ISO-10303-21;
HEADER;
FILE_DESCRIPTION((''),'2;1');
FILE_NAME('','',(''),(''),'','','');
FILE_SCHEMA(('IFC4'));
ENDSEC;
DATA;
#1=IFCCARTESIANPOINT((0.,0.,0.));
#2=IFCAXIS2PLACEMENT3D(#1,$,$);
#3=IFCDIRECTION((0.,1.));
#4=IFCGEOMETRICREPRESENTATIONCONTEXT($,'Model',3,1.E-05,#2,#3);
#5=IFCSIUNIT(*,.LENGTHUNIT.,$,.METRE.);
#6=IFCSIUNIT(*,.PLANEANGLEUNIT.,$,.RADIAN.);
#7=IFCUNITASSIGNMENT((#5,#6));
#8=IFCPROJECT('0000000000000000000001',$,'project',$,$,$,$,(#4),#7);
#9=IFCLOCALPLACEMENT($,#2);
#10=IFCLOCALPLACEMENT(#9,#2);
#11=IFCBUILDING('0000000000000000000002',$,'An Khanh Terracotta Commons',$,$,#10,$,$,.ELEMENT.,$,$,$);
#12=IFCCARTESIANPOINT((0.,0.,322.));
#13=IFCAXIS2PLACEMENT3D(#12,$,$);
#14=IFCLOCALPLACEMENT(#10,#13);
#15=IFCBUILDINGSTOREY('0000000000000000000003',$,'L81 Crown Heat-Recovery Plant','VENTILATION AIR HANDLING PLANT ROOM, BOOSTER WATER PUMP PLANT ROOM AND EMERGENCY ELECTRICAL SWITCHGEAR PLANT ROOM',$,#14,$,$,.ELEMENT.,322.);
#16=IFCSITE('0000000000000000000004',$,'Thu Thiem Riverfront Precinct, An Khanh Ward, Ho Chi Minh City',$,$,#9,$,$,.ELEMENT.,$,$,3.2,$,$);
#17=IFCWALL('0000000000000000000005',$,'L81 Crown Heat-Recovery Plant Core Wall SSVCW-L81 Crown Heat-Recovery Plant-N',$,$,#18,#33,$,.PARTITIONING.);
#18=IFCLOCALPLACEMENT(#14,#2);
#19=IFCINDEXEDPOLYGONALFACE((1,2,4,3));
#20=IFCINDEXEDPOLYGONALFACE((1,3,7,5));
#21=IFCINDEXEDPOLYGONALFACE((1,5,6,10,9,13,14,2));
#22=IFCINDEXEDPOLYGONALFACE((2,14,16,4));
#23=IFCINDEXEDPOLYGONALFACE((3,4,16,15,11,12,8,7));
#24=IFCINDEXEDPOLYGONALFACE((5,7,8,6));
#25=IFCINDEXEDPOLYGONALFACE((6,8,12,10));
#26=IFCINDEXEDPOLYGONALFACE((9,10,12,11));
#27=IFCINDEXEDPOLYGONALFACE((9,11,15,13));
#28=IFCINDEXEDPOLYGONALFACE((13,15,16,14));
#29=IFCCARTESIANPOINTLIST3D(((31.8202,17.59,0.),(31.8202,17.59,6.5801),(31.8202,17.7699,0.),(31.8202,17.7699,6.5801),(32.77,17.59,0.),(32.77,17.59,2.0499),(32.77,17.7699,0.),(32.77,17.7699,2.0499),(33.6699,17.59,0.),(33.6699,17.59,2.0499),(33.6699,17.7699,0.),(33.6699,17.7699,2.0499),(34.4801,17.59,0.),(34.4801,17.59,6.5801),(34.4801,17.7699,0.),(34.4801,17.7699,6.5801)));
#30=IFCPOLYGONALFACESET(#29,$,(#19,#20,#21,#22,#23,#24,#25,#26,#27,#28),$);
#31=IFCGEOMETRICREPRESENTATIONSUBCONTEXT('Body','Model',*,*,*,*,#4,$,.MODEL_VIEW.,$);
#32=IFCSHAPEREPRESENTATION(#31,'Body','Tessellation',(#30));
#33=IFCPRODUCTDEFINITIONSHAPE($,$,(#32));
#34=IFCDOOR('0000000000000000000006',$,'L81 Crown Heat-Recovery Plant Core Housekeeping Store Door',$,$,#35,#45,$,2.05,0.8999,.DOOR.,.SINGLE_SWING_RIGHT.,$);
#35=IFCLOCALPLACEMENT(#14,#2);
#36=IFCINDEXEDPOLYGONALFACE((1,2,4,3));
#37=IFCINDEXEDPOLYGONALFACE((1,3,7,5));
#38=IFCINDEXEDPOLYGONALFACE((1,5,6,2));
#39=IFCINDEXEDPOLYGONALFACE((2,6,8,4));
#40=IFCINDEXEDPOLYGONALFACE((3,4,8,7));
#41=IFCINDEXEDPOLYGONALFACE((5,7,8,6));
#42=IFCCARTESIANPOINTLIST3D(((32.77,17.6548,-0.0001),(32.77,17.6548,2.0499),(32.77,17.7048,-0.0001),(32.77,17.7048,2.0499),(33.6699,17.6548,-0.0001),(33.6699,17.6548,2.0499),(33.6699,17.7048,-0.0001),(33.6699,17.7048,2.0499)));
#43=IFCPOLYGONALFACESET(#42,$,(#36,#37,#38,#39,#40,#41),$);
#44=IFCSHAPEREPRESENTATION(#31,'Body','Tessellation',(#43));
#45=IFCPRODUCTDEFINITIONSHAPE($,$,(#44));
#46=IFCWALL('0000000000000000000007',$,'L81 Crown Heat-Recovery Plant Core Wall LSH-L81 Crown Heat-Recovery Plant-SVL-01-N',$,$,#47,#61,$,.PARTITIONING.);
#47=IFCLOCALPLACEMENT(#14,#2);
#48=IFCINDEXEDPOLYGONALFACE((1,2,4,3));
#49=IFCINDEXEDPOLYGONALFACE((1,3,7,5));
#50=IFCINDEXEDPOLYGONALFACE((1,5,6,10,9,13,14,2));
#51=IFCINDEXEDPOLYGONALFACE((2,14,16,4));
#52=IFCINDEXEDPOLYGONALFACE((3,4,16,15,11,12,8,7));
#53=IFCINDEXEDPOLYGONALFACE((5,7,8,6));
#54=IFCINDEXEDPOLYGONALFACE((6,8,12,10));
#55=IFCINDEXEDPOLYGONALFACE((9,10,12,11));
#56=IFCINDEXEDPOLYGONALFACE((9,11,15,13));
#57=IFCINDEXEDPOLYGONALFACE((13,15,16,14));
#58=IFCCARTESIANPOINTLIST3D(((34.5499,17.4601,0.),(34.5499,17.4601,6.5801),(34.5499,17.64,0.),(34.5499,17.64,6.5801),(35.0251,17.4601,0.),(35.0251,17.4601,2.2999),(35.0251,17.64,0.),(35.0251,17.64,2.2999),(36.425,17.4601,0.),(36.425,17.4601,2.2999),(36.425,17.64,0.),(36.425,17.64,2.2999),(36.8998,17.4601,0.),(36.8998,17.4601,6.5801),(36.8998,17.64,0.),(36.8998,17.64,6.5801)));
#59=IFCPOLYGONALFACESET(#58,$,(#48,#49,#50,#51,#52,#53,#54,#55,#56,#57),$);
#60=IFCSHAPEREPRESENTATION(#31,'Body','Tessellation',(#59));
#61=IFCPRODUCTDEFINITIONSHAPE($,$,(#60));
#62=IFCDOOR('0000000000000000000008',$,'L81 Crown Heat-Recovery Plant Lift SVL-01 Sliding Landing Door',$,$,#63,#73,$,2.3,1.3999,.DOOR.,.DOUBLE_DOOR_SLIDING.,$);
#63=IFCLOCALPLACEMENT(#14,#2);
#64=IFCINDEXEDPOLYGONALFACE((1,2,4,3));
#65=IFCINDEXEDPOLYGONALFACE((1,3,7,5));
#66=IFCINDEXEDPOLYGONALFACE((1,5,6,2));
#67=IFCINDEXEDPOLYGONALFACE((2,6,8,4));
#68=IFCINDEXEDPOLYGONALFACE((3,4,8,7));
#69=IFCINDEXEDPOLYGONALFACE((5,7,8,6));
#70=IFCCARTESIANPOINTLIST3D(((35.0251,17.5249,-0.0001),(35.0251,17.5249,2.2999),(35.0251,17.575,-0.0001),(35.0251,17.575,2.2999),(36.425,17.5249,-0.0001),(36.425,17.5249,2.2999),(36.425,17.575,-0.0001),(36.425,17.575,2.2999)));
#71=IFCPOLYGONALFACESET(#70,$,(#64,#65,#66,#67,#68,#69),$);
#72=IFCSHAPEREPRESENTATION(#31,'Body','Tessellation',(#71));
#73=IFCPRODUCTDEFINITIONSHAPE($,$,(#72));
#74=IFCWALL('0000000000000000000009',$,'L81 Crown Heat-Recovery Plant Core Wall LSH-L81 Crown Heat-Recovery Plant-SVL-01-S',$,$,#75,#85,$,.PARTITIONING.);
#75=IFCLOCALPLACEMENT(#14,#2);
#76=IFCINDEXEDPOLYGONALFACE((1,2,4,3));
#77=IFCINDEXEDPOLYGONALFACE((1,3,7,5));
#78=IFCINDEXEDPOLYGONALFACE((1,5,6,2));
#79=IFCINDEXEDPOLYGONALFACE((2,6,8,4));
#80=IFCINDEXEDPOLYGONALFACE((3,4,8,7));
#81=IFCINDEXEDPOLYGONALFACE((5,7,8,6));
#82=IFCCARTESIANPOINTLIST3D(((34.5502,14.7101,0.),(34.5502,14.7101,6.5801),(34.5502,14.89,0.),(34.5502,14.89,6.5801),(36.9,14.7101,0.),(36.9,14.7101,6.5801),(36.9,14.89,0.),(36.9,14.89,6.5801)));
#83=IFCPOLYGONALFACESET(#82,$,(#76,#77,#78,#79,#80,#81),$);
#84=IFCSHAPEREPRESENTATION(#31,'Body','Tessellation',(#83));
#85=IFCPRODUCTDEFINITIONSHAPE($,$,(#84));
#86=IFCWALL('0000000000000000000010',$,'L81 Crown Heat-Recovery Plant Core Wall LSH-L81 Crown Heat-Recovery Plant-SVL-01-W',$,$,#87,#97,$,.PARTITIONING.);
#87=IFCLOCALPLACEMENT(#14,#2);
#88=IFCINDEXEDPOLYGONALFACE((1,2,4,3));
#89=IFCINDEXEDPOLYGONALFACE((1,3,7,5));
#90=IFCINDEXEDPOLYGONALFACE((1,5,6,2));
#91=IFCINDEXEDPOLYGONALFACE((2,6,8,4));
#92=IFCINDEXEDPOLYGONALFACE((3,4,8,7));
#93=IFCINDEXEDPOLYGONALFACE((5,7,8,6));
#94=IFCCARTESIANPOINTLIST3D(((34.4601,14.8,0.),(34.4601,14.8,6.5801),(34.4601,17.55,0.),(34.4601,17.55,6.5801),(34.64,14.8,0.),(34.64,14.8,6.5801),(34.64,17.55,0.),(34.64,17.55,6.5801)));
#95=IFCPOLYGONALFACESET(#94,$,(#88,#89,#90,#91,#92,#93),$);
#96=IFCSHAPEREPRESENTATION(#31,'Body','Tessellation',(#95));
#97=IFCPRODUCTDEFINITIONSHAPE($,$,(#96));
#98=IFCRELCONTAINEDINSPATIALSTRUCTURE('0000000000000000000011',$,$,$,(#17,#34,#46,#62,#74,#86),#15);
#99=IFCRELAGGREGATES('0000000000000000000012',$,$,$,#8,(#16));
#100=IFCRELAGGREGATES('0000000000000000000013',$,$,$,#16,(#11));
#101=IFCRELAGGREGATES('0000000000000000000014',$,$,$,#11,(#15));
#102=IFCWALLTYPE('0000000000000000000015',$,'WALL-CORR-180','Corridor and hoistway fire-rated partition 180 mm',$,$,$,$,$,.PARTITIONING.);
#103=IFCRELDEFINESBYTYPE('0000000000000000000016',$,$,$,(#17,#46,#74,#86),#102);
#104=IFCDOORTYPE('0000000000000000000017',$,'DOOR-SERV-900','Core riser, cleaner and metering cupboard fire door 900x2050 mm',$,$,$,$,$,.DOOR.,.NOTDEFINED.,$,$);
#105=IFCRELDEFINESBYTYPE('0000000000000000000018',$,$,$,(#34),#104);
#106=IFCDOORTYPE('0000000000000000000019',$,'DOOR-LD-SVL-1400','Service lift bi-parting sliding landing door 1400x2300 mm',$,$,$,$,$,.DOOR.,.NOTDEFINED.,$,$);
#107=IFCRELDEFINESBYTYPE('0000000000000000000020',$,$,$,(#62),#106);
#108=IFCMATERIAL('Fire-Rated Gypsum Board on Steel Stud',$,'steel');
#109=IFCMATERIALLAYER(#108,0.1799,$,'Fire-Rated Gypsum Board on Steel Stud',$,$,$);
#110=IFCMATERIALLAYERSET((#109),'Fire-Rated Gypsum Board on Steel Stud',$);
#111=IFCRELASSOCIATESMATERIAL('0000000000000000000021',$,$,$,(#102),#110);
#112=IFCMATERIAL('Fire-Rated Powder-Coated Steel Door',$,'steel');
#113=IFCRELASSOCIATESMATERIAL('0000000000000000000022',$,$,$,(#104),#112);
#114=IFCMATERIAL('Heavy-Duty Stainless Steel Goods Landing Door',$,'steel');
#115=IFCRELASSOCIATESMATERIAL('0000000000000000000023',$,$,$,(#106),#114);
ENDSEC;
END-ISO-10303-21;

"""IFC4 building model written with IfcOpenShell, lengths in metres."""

from ifc_helpers import new_model, si_unit, direction, frame, frame_2d, origin, place, context, subcontext, project, spatial, rectangle, extrude, material, layer, layer_set, type_object, element, fill, save


model = new_model("IFC4")

# Units and contexts
model_context = context("Model", 3, precision=1e-05, world=origin(), true_north=direction((0.0, 1.0)))
body_context = subcontext(model_context, "Body", "Model", "MODEL_VIEW")
ifc_project = project(units=[si_unit("LENGTHUNIT", "METRE"), si_unit("PLANEANGLEUNIT", "RADIAN")], contexts=[model_context])

# Site, building, storey
site_placement = place(None, origin())
site = spatial("IfcSite", under=ifc_project, at=site_placement, Name="Thu Thiem Riverfront Precinct, An Khanh Ward, Ho Chi Minh City", CompositionType="ELEMENT", RefElevation=3.2)
building_placement = place(site_placement, origin())
building = spatial("IfcBuilding", under=site, at=building_placement, Name="An Khanh Terracotta Commons", CompositionType="ELEMENT")
storey_placement = place(building_placement, frame((0.0, 0.0, 322.0)))
storey = spatial("IfcBuildingStorey", under=building, at=storey_placement, Name="L81 Crown Heat-Recovery Plant", Description="VENTILATION AIR HANDLING PLANT ROOM, BOOSTER WATER PUMP PLANT ROOM AND EMERGENCY ELECTRICAL SWITCHGEAR PLANT ROOM", CompositionType="ELEMENT", Elevation=322.0)

# Walls, openings, doors
ifc_material_1 = material(Name="Fire-Rated Gypsum Board on Steel Stud", Category="steel")
ifc_layer_1 = layer(ifc_material_1, 0.1799, Name="Fire-Rated Gypsum Board on Steel Stud")
ifc_layer_set_1 = layer_set([ifc_layer_1], Name="Fire-Rated Gypsum Board on Steel Stud")
wall_type = type_object("IfcWallType", Name="WALL-CORR-180", Description="Corridor and hoistway fire-rated partition 180 mm", PredefinedType="PARTITIONING", material=ifc_layer_set_1)
wall_1_placement = place(storey_placement, frame((31.8201, 17.6799, 0.0), z_axis=(0.0, 0.0, 1.0), x_axis=(1.0, 0.0, 0.0)))
wall_1 = element("IfcWall", 1, at=wall_1_placement, inside=storey, type_object=wall_type, Name="L81 Crown Heat-Recovery Plant Core Wall SSVCW-L81 Crown Heat-Recovery Plant-N", PredefinedType="PARTITIONING", context=body_context, shape_type="SweptSolid", body=[
    extrude(rectangle(XDim=2.6599, YDim=0.1799, at=frame_2d((1.3301, 0.0))), origin(), (0.0, 0.0, 1.0), 6.5801),
])
opening_1_placement = place(wall_1_placement, frame((0.95, 0.0, 0.0)))
opening_1 = element("IfcOpeningElement", 2, at=opening_1_placement, cuts=wall_1, PredefinedType="OPENING", context=body_context, shape_type="SweptSolid", body=[
    extrude(rectangle(XDim=0.8999, YDim=2.05, at=frame_2d((0.45, 1.0249))), frame((0.0, 0.0999, 0.0), z_axis=(0.0, -1.0, 0.0), x_axis=(1.0, 0.0, 0.0)), (0.0, 0.0, 1.0), 0.2),
])
ifc_material_2 = material(Name="Fire-Rated Powder-Coated Steel Door", Category="steel")
door_type_1 = type_object("IfcDoorType", Name="DOOR-SERV-900", Description="Core riser, cleaner and metering cupboard fire door 900x2050 mm", OperationType="NOTDEFINED", PredefinedType="DOOR", material=ifc_material_2)
door_1_placement = place(opening_1_placement, origin())
door_1 = element("IfcDoor", 3, at=door_1_placement, inside=storey, type_object=door_type_1, Name="L81 Crown Heat-Recovery Plant Core Housekeeping Store Door", OperationType="SINGLE_SWING_RIGHT", OverallHeight=2.05, OverallWidth=0.8999, PredefinedType="DOOR", context=body_context, shape_type="SweptSolid", body=[
    extrude(rectangle(XDim=0.8999, YDim=2.05, at=frame_2d((0.45, 1.0249))), frame((0.0, 0.0249, 0.0), z_axis=(0.0, -1.0, 0.0), x_axis=(1.0, 0.0, 0.0)), (0.0, 0.0, 1.0), 0.05),
])
fill(opening_1, door_1)
wall_2_placement = place(storey_placement, frame((34.55, 17.55, 0.0), z_axis=(0.0, 0.0, 1.0), x_axis=(1.0, 0.0, 0.0)))
wall_2 = element("IfcWall", 4, at=wall_2_placement, inside=storey, type_object=wall_type, Name="L81 Crown Heat-Recovery Plant Core Wall LSH-L81 Crown Heat-Recovery Plant-SVL-01-N", PredefinedType="PARTITIONING", context=body_context, shape_type="SweptSolid", body=[
    extrude(rectangle(XDim=2.3499, YDim=0.1799, at=frame_2d((1.1748, 0.0))), origin(), (0.0, 0.0, 1.0), 6.5801),
])
opening_2_placement = place(wall_2_placement, frame((0.4751, 0.0, 0.0)))
opening_2 = element("IfcOpeningElement", 5, at=opening_2_placement, cuts=wall_2, PredefinedType="OPENING", context=body_context, shape_type="SweptSolid", body=[
    extrude(rectangle(XDim=1.3999, YDim=2.3, at=frame_2d((0.7, 1.1499))), frame((0.0, 0.0999, 0.0), z_axis=(0.0, -1.0, 0.0), x_axis=(1.0, 0.0, 0.0)), (0.0, 0.0, 1.0), 0.2),
])
ifc_material_3 = material(Name="Heavy-Duty Stainless Steel Goods Landing Door", Category="steel")
door_type_2 = type_object("IfcDoorType", Name="DOOR-LD-SVL-1400", Description="Service lift bi-parting sliding landing door 1400x2300 mm", OperationType="NOTDEFINED", PredefinedType="DOOR", material=ifc_material_3)
door_2_placement = place(opening_2_placement, origin())
door_2 = element("IfcDoor", 6, at=door_2_placement, inside=storey, type_object=door_type_2, Name="L81 Crown Heat-Recovery Plant Lift SVL-01 Sliding Landing Door", OperationType="DOUBLE_DOOR_SLIDING", OverallHeight=2.3, OverallWidth=1.3999, PredefinedType="DOOR", context=body_context, shape_type="SweptSolid", body=[
    extrude(rectangle(XDim=1.3999, YDim=2.3, at=frame_2d((0.7, 1.1499))), frame((0.0, 0.0249, 0.0), z_axis=(0.0, -1.0, 0.0), x_axis=(1.0, 0.0, 0.0)), (0.0, 0.0, 1.0), 0.05),
])
fill(opening_2, door_2)

# Walls
wall_3_placement = place(storey_placement, frame((36.8999, 14.8, 0.0), z_axis=(0.0, 0.0, 1.0), x_axis=(-1.0, 0.0, 0.0)))
element("IfcWall", 7, at=wall_3_placement, inside=storey, type_object=wall_type, Name="L81 Crown Heat-Recovery Plant Core Wall LSH-L81 Crown Heat-Recovery Plant-SVL-01-S", PredefinedType="PARTITIONING", context=body_context, shape_type="SweptSolid", body=[
    extrude(rectangle(XDim=2.3499, YDim=0.1799, at=frame_2d((1.1748, 0.0))), origin(), (0.0, 0.0, 1.0), 6.5801),
])
wall_4_placement = place(storey_placement, frame((34.55, 17.55, 0.0), z_axis=(0.0, 0.0, 1.0), x_axis=(0.0, -1.0, 0.0)))
element("IfcWall", 8, at=wall_4_placement, inside=storey, type_object=wall_type, Name="L81 Crown Heat-Recovery Plant Core Wall LSH-L81 Crown Heat-Recovery Plant-SVL-01-W", PredefinedType="PARTITIONING", context=body_context, shape_type="SweptSolid", body=[
    extrude(rectangle(XDim=2.75, YDim=0.1799, at=frame_2d((1.375, 0.0))), origin(), (0.0, 0.0, 1.0), 6.5801),
])

save(model, "model.ifc")
